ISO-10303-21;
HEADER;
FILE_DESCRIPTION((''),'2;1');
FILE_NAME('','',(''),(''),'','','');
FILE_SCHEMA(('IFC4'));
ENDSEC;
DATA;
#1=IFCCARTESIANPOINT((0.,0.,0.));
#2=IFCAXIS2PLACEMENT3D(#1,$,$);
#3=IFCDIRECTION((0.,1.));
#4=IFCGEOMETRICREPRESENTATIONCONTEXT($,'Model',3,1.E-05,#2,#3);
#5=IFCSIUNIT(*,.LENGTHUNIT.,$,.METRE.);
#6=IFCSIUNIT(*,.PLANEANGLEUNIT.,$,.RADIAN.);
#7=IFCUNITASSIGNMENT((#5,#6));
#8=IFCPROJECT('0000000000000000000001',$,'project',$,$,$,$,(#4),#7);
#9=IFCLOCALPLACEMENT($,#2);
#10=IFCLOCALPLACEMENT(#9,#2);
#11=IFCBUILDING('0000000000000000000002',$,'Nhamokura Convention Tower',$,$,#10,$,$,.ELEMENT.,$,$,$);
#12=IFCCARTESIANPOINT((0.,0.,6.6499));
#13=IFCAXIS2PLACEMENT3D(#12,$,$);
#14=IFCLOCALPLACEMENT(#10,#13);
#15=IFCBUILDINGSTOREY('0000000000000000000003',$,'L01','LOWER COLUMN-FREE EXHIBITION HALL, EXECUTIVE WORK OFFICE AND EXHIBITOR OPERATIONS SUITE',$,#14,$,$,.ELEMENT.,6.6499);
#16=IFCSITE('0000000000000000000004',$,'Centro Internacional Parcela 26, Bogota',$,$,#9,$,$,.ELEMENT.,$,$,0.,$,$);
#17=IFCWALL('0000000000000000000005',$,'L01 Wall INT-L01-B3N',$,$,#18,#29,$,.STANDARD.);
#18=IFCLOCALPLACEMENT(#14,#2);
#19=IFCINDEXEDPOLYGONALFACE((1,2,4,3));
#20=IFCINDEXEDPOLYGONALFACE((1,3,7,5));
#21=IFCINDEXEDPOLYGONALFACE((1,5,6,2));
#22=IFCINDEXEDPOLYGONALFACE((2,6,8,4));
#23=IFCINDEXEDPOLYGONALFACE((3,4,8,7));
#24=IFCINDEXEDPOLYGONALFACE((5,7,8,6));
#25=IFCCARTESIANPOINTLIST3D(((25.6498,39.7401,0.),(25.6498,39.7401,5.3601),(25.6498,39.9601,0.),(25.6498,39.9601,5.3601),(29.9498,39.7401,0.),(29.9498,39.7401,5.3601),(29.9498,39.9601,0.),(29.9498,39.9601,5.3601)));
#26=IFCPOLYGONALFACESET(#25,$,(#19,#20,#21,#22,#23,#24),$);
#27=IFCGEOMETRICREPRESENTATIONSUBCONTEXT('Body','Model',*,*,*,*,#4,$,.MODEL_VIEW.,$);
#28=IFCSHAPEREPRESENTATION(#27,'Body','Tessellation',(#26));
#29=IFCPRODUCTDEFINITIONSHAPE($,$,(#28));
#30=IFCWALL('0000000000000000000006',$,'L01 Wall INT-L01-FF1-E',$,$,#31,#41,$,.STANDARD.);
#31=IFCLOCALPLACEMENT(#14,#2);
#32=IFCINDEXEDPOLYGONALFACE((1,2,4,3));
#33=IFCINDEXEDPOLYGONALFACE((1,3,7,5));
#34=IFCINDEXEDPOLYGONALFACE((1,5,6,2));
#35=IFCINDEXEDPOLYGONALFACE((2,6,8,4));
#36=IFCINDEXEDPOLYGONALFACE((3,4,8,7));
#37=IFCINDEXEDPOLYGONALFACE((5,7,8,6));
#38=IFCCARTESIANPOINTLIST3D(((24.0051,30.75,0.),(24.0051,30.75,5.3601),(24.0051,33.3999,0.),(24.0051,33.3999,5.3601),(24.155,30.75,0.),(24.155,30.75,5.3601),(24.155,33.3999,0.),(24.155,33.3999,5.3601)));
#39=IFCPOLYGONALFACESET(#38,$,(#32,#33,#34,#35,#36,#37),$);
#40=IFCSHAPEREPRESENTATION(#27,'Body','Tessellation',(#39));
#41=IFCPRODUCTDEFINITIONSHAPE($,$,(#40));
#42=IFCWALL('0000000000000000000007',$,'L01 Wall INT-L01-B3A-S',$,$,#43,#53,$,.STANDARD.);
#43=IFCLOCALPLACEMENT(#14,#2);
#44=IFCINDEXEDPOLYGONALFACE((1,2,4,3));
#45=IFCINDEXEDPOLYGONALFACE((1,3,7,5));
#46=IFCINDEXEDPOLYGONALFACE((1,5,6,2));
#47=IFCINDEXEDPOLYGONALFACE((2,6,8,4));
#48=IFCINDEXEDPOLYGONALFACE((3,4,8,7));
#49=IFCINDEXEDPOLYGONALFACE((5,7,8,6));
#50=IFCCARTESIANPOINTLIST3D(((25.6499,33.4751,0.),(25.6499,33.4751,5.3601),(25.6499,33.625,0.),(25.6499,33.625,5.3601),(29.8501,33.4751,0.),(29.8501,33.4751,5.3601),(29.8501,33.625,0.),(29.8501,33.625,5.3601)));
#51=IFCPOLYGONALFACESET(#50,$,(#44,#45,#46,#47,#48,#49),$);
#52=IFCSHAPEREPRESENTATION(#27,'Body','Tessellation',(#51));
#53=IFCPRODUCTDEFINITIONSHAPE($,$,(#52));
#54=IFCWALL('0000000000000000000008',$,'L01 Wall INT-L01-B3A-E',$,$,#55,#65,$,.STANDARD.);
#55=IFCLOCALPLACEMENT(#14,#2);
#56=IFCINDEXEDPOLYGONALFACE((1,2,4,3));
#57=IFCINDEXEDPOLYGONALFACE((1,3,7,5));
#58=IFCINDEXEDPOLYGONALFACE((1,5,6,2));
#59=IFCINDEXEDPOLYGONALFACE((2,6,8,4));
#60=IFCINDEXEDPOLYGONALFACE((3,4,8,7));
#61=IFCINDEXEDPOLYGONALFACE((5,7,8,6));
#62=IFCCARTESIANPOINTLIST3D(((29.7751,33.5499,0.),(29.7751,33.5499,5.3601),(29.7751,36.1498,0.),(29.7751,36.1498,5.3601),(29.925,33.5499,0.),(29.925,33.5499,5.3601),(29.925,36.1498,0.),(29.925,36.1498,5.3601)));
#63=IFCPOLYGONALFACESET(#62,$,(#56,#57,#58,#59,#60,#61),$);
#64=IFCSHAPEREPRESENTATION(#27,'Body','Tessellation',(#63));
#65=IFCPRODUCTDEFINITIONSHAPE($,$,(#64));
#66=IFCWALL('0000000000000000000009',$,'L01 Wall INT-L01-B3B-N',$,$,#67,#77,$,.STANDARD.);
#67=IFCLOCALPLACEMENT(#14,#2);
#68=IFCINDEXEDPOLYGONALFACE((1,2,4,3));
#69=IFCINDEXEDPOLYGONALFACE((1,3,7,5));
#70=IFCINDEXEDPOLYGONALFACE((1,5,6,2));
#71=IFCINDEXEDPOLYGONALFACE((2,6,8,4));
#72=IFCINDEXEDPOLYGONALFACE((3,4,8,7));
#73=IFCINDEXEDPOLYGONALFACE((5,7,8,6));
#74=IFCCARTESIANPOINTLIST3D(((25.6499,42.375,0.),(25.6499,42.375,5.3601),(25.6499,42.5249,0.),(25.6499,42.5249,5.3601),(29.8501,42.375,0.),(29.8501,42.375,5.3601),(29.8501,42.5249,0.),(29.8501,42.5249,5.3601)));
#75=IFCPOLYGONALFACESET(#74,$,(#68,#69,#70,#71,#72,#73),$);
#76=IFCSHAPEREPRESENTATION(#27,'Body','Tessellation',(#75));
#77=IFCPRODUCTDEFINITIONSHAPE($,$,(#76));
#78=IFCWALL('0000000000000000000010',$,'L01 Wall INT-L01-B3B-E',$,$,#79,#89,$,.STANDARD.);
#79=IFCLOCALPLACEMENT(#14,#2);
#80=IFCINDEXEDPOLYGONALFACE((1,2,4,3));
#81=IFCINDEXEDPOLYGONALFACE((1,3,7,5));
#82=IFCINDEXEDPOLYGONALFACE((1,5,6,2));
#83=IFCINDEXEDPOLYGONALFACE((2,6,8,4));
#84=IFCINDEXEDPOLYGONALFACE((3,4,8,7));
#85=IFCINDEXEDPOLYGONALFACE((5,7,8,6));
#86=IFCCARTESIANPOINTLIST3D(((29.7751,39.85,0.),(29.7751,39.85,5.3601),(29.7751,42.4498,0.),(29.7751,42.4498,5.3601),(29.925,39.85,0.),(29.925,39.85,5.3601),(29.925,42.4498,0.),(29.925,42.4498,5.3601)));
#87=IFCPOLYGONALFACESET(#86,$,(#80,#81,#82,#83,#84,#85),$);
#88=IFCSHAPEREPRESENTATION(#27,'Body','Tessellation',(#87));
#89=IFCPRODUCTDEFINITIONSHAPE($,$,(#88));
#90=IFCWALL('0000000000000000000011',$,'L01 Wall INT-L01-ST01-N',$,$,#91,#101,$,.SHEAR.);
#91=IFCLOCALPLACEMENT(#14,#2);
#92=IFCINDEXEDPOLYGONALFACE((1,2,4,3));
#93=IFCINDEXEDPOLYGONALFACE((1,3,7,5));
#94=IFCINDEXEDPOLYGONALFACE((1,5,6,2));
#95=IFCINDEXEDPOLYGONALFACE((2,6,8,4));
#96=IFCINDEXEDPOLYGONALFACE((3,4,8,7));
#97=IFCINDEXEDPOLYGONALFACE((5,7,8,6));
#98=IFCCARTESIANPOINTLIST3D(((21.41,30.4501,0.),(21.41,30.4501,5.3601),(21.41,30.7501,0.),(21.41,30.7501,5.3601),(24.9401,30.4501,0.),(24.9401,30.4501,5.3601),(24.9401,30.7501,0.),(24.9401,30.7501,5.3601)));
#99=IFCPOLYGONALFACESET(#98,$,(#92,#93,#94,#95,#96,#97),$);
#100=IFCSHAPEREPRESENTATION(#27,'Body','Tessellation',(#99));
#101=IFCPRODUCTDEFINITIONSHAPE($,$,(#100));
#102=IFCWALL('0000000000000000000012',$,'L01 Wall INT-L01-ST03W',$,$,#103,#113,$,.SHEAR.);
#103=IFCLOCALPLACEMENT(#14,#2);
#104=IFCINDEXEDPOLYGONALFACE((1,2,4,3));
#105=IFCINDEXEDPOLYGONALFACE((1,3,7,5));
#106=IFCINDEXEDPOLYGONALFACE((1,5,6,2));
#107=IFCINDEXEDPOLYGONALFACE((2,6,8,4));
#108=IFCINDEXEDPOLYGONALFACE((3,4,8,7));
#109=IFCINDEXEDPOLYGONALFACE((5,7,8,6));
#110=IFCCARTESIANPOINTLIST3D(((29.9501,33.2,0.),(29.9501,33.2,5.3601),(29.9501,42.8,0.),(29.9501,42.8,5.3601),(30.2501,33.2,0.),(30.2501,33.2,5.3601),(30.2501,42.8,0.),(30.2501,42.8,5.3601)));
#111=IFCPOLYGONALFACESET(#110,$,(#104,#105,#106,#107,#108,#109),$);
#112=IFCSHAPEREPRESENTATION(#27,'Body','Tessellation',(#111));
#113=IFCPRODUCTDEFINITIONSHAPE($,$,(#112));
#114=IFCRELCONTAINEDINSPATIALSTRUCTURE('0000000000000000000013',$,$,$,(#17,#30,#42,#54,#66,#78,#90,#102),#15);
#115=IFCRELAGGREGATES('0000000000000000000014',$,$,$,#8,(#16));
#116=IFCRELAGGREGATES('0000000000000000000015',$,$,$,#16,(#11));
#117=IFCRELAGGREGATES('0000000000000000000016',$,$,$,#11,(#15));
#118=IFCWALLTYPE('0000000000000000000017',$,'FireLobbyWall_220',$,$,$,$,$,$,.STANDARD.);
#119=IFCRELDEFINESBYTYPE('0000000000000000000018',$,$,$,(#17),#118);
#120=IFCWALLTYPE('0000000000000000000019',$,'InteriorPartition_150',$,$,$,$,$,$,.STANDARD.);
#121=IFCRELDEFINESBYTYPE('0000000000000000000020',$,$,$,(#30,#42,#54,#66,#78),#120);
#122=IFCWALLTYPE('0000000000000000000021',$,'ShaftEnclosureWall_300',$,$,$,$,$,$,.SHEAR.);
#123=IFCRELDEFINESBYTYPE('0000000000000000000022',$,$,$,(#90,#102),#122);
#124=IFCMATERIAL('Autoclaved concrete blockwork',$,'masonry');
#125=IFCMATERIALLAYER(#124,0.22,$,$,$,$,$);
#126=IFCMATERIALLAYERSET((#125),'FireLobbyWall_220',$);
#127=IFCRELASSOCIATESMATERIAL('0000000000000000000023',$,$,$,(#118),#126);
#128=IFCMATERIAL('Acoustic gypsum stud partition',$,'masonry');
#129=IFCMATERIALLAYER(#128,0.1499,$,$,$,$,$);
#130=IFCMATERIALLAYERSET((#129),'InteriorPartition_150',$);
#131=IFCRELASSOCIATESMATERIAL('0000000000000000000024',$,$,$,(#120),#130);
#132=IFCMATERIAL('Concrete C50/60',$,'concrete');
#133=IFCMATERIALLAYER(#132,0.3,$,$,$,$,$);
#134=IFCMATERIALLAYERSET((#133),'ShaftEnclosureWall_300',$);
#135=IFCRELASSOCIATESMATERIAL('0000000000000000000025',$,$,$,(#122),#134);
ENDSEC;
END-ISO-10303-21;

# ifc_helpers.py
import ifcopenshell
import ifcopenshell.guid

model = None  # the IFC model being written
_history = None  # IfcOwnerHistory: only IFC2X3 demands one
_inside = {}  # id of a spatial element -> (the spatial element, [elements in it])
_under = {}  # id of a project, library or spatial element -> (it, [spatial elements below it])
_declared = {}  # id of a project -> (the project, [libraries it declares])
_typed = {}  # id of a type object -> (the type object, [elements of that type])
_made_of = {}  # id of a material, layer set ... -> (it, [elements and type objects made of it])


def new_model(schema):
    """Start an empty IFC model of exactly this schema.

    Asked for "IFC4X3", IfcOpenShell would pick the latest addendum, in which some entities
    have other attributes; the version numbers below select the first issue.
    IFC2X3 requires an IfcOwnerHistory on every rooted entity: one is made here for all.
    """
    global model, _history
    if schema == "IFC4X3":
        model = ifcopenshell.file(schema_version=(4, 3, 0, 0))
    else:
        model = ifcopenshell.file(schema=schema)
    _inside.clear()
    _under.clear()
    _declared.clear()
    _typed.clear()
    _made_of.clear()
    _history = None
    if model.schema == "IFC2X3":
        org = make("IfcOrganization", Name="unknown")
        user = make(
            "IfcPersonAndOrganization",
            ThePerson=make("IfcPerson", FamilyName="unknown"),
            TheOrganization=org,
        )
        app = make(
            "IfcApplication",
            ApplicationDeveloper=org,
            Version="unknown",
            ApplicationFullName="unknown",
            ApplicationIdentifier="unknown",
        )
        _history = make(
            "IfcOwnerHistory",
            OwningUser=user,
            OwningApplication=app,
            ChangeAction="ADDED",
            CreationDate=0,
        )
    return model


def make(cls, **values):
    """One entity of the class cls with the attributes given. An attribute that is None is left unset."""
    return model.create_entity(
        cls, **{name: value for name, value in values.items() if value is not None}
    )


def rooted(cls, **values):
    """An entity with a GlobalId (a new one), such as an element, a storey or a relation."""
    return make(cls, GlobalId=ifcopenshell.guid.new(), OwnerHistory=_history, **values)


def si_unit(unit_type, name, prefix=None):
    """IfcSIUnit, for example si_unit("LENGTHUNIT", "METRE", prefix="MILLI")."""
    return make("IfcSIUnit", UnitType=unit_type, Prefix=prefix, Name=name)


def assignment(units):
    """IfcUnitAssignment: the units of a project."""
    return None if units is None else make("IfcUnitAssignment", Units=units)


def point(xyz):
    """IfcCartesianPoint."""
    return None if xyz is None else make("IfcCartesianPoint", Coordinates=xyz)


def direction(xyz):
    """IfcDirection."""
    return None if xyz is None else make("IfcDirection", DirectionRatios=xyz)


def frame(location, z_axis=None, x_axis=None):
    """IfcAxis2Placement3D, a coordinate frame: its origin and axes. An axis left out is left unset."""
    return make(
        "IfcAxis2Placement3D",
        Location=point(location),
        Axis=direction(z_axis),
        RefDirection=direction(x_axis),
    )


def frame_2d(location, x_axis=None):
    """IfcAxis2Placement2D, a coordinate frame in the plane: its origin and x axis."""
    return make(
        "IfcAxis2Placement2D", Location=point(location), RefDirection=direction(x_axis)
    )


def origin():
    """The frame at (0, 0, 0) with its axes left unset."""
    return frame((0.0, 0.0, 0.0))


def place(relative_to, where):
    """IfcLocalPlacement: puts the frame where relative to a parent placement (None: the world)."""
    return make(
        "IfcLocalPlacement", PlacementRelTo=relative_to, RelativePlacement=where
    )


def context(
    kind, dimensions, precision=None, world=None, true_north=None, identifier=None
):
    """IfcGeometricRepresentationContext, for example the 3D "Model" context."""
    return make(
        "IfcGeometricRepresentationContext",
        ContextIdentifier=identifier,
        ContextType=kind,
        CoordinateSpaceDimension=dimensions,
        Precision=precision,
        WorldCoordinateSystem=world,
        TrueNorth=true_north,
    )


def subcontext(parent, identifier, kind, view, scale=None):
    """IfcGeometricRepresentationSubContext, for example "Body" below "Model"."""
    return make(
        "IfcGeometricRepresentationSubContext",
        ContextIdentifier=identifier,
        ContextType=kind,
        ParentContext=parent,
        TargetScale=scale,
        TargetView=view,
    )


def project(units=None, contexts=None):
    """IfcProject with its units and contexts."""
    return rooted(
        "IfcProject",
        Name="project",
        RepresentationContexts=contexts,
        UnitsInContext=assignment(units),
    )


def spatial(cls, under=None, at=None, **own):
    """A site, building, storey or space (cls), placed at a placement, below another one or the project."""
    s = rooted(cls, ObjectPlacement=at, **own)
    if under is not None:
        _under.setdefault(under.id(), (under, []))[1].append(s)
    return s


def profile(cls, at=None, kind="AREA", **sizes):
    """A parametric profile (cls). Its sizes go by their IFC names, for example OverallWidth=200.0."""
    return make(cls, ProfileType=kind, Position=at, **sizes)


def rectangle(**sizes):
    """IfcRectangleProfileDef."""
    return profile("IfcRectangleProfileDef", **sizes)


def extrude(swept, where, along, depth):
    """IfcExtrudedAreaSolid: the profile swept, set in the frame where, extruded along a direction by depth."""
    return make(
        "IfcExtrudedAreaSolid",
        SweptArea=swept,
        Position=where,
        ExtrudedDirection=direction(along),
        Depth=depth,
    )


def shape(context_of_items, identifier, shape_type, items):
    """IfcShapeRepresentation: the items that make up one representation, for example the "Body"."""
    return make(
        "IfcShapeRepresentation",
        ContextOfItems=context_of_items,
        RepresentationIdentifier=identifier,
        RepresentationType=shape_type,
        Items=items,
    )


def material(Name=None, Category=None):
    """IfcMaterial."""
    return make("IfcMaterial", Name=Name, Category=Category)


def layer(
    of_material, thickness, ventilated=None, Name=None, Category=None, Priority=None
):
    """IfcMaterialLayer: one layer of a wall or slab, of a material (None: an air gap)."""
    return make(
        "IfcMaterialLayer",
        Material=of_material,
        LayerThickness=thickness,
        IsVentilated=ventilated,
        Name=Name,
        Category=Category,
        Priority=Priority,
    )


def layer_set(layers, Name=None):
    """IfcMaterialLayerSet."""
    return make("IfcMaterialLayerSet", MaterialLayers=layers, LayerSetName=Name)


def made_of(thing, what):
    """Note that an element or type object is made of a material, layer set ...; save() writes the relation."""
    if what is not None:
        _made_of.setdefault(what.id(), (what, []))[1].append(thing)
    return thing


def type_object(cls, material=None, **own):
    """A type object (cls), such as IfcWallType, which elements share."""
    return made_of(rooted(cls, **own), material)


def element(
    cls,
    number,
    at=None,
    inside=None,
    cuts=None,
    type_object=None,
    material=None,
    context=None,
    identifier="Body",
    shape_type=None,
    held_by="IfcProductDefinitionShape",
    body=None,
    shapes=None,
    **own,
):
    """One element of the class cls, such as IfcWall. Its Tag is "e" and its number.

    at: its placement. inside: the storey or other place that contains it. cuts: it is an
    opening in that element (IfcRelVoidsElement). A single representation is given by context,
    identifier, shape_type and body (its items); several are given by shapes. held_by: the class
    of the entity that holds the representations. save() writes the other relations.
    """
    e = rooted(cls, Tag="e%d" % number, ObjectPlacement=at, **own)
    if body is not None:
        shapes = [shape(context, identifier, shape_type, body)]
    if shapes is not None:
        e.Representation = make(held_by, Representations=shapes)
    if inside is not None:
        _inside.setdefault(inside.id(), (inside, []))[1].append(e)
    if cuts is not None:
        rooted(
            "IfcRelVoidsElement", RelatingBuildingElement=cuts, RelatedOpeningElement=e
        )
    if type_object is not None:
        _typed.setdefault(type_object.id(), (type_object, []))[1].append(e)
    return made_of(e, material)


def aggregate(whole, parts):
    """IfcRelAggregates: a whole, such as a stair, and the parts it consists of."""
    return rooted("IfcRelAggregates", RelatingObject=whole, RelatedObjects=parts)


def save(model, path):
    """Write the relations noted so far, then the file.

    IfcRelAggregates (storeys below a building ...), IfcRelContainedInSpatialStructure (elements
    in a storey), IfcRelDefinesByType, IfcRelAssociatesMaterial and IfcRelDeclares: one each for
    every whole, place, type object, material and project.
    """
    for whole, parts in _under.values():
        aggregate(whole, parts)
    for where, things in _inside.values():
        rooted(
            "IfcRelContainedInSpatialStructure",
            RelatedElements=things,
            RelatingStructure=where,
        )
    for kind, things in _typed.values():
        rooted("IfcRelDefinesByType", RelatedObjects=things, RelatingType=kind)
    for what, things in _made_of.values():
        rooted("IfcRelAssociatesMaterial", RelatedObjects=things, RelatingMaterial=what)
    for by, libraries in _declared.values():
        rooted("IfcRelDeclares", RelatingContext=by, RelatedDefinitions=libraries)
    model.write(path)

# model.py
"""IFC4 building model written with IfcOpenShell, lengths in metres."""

from ifc_helpers import new_model, si_unit, direction, frame, frame_2d, origin, place, context, subcontext, project, spatial, rectangle, extrude, material, layer, layer_set, type_object, element, save


model = new_model("IFC4")

# Units and contexts
model_context = context("Model", 3, precision=1e-05, world=origin(), true_north=direction((0.0, 1.0)))
body_context = subcontext(model_context, "Body", "Model", "MODEL_VIEW")
ifc_project = project(units=[si_unit("LENGTHUNIT", "METRE"), si_unit("PLANEANGLEUNIT", "RADIAN")], contexts=[model_context])

# Site, building, storey
site_placement = place(None, origin())
site = spatial("IfcSite", under=ifc_project, at=site_placement, Name="Centro Internacional Parcela 26, Bogota", CompositionType="ELEMENT", RefElevation=0.0)
building_placement = place(site_placement, origin())
building = spatial("IfcBuilding", under=site, at=building_placement, Name="Nhamokura Convention Tower", CompositionType="ELEMENT")
storey_placement = place(building_placement, frame((0.0, 0.0, 6.6499)))
storey = spatial("IfcBuildingStorey", under=building, at=storey_placement, Name="L01", Description="LOWER COLUMN-FREE EXHIBITION HALL, EXECUTIVE WORK OFFICE AND EXHIBITOR OPERATIONS SUITE", CompositionType="ELEMENT", Elevation=6.6499)

# Shared definitions
ifc_material_1 = material(Name="Autoclaved concrete blockwork", Category="masonry")
ifc_layer_1 = layer(ifc_material_1, 0.22)
ifc_layer_set_1 = layer_set([ifc_layer_1], Name="FireLobbyWall_220")
wall_type_1 = type_object("IfcWallType", Name="FireLobbyWall_220", PredefinedType="STANDARD", material=ifc_layer_set_1)

# Walls
for number, where, z_axis, x_axis, name in (
    (1, (25.6499, 39.8501, 0.0), (0.0, 0.0, 1.0), (1.0, 0.0, 0.0), "L01 Wall INT-L01-B3N"),
):
    element("IfcWall", number, at=place(storey_placement, frame(where, z_axis=z_axis, x_axis=x_axis)), inside=storey, type_object=wall_type_1, Name=name, PredefinedType="STANDARD", context=body_context, shape_type="SweptSolid", body=[
        extrude(rectangle(XDim=4.3, YDim=0.22, at=frame_2d((2.1499, 0.0))), origin(), (0.0, 0.0, 1.0), 5.3601),
    ])
ifc_material_2 = material(Name="Acoustic gypsum stud partition", Category="masonry")
ifc_layer_2 = layer(ifc_material_2, 0.1499)
ifc_layer_set_2 = layer_set([ifc_layer_2], Name="InteriorPartition_150")
wall_type_2 = type_object("IfcWallType", Name="InteriorPartition_150", PredefinedType="STANDARD", material=ifc_layer_set_2)
wall_1_placement = place(storey_placement, frame((24.0801, 30.75, 0.0), z_axis=(0.0, 0.0, 1.0), x_axis=(0.0, 1.0, 0.0)))
element("IfcWall", 2, at=wall_1_placement, inside=storey, type_object=wall_type_2, Name="L01 Wall INT-L01-FF1-E", PredefinedType="STANDARD", context=body_context, shape_type="SweptSolid", body=[
    extrude(rectangle(XDim=2.6499, YDim=0.1499, at=frame_2d((1.325, 0.0))), origin(), (0.0, 0.0, 1.0), 5.3601),
])
wall_2_placement = place(storey_placement, frame((25.6499, 33.55, 0.0), z_axis=(0.0, 0.0, 1.0), x_axis=(1.0, 0.0, 0.0)))
element("IfcWall", 3, at=wall_2_placement, inside=storey, type_object=wall_type_2, Name="L01 Wall INT-L01-B3A-S", PredefinedType="STANDARD", context=body_context, shape_type="SweptSolid", body=[
    extrude(rectangle(XDim=4.2002, YDim=0.1499, at=frame_2d((2.1001, 0.0))), origin(), (0.0, 0.0, 1.0), 5.3601),
])
wall_3_placement = place(storey_placement, frame((29.8501, 33.55, 0.0), z_axis=(0.0, 0.0, 1.0), x_axis=(0.0, 1.0, 0.0)))
element("IfcWall", 4, at=wall_3_placement, inside=storey, type_object=wall_type_2, Name="L01 Wall INT-L01-B3A-E", PredefinedType="STANDARD", context=body_context, shape_type="SweptSolid", body=[
    extrude(rectangle(XDim=2.5999, YDim=0.1499, at=frame_2d((1.2998, 0.0))), origin(), (0.0, 0.0, 1.0), 5.3601),
])
wall_4_placement = place(storey_placement, frame((25.6499, 42.45, 0.0), z_axis=(0.0, 0.0, 1.0), x_axis=(1.0, 0.0, 0.0)))
element("IfcWall", 5, at=wall_4_placement, inside=storey, type_object=wall_type_2, Name="L01 Wall INT-L01-B3B-N", PredefinedType="STANDARD", context=body_context, shape_type="SweptSolid", body=[
    extrude(rectangle(XDim=4.2002, YDim=0.1499, at=frame_2d((2.1001, 0.0))), origin(), (0.0, 0.0, 1.0), 5.3601),
])
wall_5_placement = place(storey_placement, frame((29.8501, 39.8501, 0.0), z_axis=(0.0, 0.0, 1.0), x_axis=(0.0, 1.0, 0.0)))
element("IfcWall", 6, at=wall_5_placement, inside=storey, type_object=wall_type_2, Name="L01 Wall INT-L01-B3B-E", PredefinedType="STANDARD", context=body_context, shape_type="SweptSolid", body=[
    extrude(rectangle(XDim=2.5999, YDim=0.1499, at=frame_2d((1.2998, 0.0))), origin(), (0.0, 0.0, 1.0), 5.3601),
])
ifc_material_3 = material(Name="Concrete C50/60", Category="concrete")
ifc_layer_3 = layer(ifc_material_3, 0.3)
ifc_layer_set_3 = layer_set([ifc_layer_3], Name="ShaftEnclosureWall_300")
wall_type_3 = type_object("IfcWallType", Name="ShaftEnclosureWall_300", PredefinedType="SHEAR", material=ifc_layer_set_3)
wall_6_placement = place(storey_placement, frame((21.4099, 30.6001, 0.0), z_axis=(0.0, 0.0, 1.0), x_axis=(1.0, 0.0, 0.0)))
element("IfcWall", 7, at=wall_6_placement, inside=storey, type_object=wall_type_3, Name="L01 Wall INT-L01-ST01-N", PredefinedType="SHEAR", context=body_context, shape_type="SweptSolid", body=[
    extrude(rectangle(XDim=3.53, YDim=0.3, at=frame_2d((1.7651, 0.0))), origin(), (0.0, 0.0, 1.0), 5.3601),
])
wall_7_placement = place(storey_placement, frame((30.1001, 33.2, 0.0), z_axis=(0.0, 0.0, 1.0), x_axis=(0.0, 1.0, 0.0)))
element("IfcWall", 8, at=wall_7_placement, inside=storey, type_object=wall_type_3, Name="L01 Wall INT-L01-ST03W", PredefinedType="SHEAR", context=body_context, shape_type="SweptSolid", body=[
    extrude(rectangle(XDim=9.6001, YDim=0.3, at=frame_2d((4.8, 0.0))), origin(), (0.0, 0.0, 1.0), 5.3601),
])

save(model, "model.ifc")
